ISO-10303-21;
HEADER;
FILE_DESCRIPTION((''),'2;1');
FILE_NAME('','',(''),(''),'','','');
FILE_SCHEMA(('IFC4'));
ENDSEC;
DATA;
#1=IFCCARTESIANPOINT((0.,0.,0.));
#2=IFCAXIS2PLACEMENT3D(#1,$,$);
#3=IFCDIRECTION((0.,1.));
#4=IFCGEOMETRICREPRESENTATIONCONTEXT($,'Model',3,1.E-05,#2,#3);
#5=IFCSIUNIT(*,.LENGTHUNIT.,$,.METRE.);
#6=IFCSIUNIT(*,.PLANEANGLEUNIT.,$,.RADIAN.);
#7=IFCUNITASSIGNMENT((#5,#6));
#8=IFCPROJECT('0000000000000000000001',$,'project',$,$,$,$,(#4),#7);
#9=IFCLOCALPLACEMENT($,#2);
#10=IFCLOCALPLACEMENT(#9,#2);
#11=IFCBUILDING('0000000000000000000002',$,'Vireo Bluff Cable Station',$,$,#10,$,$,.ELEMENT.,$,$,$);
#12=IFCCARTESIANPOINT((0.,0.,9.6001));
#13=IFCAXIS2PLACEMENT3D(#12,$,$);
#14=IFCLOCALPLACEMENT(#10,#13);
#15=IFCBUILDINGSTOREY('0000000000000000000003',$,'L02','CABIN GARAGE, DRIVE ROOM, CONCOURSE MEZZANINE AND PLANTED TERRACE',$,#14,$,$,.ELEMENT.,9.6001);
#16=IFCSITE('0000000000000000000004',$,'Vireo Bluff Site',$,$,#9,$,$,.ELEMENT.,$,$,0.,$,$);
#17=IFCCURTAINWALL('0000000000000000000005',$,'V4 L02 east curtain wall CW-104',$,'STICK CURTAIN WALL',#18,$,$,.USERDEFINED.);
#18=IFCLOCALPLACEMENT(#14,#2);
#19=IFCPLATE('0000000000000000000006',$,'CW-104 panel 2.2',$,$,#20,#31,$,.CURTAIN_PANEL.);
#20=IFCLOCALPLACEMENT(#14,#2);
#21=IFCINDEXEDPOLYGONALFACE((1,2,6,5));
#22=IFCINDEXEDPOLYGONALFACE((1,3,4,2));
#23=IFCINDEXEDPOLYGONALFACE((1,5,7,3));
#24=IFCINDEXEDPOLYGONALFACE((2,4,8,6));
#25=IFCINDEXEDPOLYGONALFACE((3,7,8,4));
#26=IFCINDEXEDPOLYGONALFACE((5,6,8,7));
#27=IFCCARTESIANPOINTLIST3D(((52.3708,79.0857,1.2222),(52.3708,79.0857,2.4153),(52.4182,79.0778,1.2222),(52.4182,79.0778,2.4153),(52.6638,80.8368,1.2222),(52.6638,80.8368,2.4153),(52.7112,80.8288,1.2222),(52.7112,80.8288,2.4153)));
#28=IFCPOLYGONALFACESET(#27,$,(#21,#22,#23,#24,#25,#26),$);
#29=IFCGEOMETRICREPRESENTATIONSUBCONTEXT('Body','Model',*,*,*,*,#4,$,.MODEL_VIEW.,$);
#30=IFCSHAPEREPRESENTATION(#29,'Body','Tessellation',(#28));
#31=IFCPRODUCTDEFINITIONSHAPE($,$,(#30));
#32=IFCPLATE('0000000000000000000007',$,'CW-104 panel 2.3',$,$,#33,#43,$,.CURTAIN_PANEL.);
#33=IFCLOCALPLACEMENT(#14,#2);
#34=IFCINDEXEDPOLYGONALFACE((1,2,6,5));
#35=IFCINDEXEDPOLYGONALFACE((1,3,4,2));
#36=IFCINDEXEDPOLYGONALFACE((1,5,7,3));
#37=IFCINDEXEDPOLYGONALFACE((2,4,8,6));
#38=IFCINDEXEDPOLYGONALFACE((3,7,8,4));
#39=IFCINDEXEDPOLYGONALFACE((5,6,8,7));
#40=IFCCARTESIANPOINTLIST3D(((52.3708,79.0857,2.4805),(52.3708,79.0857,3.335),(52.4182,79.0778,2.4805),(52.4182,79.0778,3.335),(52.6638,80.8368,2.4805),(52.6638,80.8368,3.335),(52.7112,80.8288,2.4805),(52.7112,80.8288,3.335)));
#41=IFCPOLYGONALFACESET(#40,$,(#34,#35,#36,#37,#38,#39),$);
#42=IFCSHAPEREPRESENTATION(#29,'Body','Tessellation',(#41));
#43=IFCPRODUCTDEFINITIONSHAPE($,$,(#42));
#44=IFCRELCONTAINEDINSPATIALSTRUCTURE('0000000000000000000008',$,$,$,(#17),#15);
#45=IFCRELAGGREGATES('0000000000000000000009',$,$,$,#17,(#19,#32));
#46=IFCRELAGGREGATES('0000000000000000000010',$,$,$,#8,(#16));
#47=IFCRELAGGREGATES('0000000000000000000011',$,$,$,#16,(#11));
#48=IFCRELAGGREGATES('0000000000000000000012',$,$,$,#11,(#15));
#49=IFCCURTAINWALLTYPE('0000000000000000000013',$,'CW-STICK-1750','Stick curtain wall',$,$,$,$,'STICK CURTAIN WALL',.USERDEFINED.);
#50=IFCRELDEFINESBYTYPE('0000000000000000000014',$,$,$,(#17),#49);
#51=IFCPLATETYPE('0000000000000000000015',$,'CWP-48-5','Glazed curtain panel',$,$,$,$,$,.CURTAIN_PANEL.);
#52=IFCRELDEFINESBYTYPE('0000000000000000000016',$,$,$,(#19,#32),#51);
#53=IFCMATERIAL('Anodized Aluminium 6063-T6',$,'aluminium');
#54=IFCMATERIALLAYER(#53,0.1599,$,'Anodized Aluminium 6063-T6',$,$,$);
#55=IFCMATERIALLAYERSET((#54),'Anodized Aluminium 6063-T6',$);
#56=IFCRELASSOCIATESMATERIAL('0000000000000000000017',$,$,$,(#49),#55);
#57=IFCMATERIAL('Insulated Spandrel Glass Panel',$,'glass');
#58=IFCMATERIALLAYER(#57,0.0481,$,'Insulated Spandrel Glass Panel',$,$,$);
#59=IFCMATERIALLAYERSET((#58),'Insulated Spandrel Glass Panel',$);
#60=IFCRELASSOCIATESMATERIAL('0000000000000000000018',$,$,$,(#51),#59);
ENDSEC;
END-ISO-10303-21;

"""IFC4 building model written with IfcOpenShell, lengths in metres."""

from ifc_helpers import new_model, si_unit, direction, frame, origin, origin_2d, place, context, subcontext, project, spatial, rectangle, extrude, material, layer, layer_set, type_object, element, aggregate, save


model = new_model("IFC4")

# Units and contexts
model_context = context("Model", 3, precision=1e-05, world=origin(), true_north=direction((0.0, 1.0)))
body_context = subcontext(model_context, "Body", "Model", "MODEL_VIEW")
ifc_project = project(units=[si_unit("LENGTHUNIT", "METRE"), si_unit("PLANEANGLEUNIT", "RADIAN")], contexts=[model_context])

# Site, building, storey
site_placement = place(None, origin())
site = spatial("IfcSite", under=ifc_project, at=site_placement, Name="Vireo Bluff Site", CompositionType="ELEMENT", RefElevation=0.0)
building_placement = place(site_placement, origin())
building = spatial("IfcBuilding", under=site, at=building_placement, Name="Vireo Bluff Cable Station", CompositionType="ELEMENT")
storey_placement = place(building_placement, frame((0.0, 0.0, 9.6001)))
storey = spatial("IfcBuildingStorey", under=building, at=storey_placement, Name="L02", Description="CABIN GARAGE, DRIVE ROOM, CONCOURSE MEZZANINE AND PLANTED TERRACE", CompositionType="ELEMENT", Elevation=9.6001)

# Curtain wall
ifc_material_1 = material(Name="Anodized Aluminium 6063-T6", Category="aluminium")
ifc_layer_1 = layer(ifc_material_1, 0.1599, Name="Anodized Aluminium 6063-T6")
ifc_layer_set_1 = layer_set([ifc_layer_1], Name="Anodized Aluminium 6063-T6")
curtain_wall_type_1 = type_object("IfcCurtainWallType", Name="CW-STICK-1750", Description="Stick curtain wall", ElementType="STICK CURTAIN WALL", PredefinedType="USERDEFINED", material=ifc_layer_set_1)
curtain_wall_1_placement = place(storey_placement, origin())
curtain_wall_1 = element("IfcCurtainWall", 1, at=curtain_wall_1_placement, inside=storey, type_object=curtain_wall_type_1, Name="V4 L02 east curtain wall CW-104", ObjectType="STICK CURTAIN WALL", PredefinedType="USERDEFINED")

# Plates
ifc_material_2 = material(Name="Insulated Spandrel Glass Panel", Category="glass")
ifc_layer_2 = layer(ifc_material_2, 0.0481, Name="Insulated Spandrel Glass Panel")
ifc_layer_set_2 = layer_set([ifc_layer_2], Name="Insulated Spandrel Glass Panel")
plate_type_1 = type_object("IfcPlateType", Name="CWP-48-5", Description="Glazed curtain panel", PredefinedType="CURTAIN_PANEL", material=ifc_layer_set_2)
plate_1_placement = place(storey_placement, frame((52.541, 79.9573, 1.2222), z_axis=(0.0, 0.0, 1.0), x_axis=(-0.165048, -0.986286, 0.0)))
plate_1 = element("IfcPlate", 2, at=plate_1_placement, type_object=plate_type_1, Name="CW-104 panel 2.2", PredefinedType="CURTAIN_PANEL", context=body_context, shape_type="SweptSolid", body=[
    extrude(rectangle(XDim=1.7754, YDim=0.0481, at=origin_2d()), origin(), (0.0, 0.0, 1.0), 1.1931),
])
plate_2_placement = place(storey_placement, frame((52.541, 79.9573, 2.4805), z_axis=(0.0, 0.0, 1.0), x_axis=(-0.165048, -0.986286, 0.0)))
plate_2 = element("IfcPlate", 3, at=plate_2_placement, type_object=plate_type_1, Name="CW-104 panel 2.3", PredefinedType="CURTAIN_PANEL", context=body_context, shape_type="SweptSolid", body=[
    extrude(rectangle(XDim=1.7754, YDim=0.0481, at=origin_2d()), origin(), (0.0, 0.0, 1.0), 0.8545),
])
aggregate(curtain_wall_1, [plate_1, plate_2])

save(model, "model.ifc")
